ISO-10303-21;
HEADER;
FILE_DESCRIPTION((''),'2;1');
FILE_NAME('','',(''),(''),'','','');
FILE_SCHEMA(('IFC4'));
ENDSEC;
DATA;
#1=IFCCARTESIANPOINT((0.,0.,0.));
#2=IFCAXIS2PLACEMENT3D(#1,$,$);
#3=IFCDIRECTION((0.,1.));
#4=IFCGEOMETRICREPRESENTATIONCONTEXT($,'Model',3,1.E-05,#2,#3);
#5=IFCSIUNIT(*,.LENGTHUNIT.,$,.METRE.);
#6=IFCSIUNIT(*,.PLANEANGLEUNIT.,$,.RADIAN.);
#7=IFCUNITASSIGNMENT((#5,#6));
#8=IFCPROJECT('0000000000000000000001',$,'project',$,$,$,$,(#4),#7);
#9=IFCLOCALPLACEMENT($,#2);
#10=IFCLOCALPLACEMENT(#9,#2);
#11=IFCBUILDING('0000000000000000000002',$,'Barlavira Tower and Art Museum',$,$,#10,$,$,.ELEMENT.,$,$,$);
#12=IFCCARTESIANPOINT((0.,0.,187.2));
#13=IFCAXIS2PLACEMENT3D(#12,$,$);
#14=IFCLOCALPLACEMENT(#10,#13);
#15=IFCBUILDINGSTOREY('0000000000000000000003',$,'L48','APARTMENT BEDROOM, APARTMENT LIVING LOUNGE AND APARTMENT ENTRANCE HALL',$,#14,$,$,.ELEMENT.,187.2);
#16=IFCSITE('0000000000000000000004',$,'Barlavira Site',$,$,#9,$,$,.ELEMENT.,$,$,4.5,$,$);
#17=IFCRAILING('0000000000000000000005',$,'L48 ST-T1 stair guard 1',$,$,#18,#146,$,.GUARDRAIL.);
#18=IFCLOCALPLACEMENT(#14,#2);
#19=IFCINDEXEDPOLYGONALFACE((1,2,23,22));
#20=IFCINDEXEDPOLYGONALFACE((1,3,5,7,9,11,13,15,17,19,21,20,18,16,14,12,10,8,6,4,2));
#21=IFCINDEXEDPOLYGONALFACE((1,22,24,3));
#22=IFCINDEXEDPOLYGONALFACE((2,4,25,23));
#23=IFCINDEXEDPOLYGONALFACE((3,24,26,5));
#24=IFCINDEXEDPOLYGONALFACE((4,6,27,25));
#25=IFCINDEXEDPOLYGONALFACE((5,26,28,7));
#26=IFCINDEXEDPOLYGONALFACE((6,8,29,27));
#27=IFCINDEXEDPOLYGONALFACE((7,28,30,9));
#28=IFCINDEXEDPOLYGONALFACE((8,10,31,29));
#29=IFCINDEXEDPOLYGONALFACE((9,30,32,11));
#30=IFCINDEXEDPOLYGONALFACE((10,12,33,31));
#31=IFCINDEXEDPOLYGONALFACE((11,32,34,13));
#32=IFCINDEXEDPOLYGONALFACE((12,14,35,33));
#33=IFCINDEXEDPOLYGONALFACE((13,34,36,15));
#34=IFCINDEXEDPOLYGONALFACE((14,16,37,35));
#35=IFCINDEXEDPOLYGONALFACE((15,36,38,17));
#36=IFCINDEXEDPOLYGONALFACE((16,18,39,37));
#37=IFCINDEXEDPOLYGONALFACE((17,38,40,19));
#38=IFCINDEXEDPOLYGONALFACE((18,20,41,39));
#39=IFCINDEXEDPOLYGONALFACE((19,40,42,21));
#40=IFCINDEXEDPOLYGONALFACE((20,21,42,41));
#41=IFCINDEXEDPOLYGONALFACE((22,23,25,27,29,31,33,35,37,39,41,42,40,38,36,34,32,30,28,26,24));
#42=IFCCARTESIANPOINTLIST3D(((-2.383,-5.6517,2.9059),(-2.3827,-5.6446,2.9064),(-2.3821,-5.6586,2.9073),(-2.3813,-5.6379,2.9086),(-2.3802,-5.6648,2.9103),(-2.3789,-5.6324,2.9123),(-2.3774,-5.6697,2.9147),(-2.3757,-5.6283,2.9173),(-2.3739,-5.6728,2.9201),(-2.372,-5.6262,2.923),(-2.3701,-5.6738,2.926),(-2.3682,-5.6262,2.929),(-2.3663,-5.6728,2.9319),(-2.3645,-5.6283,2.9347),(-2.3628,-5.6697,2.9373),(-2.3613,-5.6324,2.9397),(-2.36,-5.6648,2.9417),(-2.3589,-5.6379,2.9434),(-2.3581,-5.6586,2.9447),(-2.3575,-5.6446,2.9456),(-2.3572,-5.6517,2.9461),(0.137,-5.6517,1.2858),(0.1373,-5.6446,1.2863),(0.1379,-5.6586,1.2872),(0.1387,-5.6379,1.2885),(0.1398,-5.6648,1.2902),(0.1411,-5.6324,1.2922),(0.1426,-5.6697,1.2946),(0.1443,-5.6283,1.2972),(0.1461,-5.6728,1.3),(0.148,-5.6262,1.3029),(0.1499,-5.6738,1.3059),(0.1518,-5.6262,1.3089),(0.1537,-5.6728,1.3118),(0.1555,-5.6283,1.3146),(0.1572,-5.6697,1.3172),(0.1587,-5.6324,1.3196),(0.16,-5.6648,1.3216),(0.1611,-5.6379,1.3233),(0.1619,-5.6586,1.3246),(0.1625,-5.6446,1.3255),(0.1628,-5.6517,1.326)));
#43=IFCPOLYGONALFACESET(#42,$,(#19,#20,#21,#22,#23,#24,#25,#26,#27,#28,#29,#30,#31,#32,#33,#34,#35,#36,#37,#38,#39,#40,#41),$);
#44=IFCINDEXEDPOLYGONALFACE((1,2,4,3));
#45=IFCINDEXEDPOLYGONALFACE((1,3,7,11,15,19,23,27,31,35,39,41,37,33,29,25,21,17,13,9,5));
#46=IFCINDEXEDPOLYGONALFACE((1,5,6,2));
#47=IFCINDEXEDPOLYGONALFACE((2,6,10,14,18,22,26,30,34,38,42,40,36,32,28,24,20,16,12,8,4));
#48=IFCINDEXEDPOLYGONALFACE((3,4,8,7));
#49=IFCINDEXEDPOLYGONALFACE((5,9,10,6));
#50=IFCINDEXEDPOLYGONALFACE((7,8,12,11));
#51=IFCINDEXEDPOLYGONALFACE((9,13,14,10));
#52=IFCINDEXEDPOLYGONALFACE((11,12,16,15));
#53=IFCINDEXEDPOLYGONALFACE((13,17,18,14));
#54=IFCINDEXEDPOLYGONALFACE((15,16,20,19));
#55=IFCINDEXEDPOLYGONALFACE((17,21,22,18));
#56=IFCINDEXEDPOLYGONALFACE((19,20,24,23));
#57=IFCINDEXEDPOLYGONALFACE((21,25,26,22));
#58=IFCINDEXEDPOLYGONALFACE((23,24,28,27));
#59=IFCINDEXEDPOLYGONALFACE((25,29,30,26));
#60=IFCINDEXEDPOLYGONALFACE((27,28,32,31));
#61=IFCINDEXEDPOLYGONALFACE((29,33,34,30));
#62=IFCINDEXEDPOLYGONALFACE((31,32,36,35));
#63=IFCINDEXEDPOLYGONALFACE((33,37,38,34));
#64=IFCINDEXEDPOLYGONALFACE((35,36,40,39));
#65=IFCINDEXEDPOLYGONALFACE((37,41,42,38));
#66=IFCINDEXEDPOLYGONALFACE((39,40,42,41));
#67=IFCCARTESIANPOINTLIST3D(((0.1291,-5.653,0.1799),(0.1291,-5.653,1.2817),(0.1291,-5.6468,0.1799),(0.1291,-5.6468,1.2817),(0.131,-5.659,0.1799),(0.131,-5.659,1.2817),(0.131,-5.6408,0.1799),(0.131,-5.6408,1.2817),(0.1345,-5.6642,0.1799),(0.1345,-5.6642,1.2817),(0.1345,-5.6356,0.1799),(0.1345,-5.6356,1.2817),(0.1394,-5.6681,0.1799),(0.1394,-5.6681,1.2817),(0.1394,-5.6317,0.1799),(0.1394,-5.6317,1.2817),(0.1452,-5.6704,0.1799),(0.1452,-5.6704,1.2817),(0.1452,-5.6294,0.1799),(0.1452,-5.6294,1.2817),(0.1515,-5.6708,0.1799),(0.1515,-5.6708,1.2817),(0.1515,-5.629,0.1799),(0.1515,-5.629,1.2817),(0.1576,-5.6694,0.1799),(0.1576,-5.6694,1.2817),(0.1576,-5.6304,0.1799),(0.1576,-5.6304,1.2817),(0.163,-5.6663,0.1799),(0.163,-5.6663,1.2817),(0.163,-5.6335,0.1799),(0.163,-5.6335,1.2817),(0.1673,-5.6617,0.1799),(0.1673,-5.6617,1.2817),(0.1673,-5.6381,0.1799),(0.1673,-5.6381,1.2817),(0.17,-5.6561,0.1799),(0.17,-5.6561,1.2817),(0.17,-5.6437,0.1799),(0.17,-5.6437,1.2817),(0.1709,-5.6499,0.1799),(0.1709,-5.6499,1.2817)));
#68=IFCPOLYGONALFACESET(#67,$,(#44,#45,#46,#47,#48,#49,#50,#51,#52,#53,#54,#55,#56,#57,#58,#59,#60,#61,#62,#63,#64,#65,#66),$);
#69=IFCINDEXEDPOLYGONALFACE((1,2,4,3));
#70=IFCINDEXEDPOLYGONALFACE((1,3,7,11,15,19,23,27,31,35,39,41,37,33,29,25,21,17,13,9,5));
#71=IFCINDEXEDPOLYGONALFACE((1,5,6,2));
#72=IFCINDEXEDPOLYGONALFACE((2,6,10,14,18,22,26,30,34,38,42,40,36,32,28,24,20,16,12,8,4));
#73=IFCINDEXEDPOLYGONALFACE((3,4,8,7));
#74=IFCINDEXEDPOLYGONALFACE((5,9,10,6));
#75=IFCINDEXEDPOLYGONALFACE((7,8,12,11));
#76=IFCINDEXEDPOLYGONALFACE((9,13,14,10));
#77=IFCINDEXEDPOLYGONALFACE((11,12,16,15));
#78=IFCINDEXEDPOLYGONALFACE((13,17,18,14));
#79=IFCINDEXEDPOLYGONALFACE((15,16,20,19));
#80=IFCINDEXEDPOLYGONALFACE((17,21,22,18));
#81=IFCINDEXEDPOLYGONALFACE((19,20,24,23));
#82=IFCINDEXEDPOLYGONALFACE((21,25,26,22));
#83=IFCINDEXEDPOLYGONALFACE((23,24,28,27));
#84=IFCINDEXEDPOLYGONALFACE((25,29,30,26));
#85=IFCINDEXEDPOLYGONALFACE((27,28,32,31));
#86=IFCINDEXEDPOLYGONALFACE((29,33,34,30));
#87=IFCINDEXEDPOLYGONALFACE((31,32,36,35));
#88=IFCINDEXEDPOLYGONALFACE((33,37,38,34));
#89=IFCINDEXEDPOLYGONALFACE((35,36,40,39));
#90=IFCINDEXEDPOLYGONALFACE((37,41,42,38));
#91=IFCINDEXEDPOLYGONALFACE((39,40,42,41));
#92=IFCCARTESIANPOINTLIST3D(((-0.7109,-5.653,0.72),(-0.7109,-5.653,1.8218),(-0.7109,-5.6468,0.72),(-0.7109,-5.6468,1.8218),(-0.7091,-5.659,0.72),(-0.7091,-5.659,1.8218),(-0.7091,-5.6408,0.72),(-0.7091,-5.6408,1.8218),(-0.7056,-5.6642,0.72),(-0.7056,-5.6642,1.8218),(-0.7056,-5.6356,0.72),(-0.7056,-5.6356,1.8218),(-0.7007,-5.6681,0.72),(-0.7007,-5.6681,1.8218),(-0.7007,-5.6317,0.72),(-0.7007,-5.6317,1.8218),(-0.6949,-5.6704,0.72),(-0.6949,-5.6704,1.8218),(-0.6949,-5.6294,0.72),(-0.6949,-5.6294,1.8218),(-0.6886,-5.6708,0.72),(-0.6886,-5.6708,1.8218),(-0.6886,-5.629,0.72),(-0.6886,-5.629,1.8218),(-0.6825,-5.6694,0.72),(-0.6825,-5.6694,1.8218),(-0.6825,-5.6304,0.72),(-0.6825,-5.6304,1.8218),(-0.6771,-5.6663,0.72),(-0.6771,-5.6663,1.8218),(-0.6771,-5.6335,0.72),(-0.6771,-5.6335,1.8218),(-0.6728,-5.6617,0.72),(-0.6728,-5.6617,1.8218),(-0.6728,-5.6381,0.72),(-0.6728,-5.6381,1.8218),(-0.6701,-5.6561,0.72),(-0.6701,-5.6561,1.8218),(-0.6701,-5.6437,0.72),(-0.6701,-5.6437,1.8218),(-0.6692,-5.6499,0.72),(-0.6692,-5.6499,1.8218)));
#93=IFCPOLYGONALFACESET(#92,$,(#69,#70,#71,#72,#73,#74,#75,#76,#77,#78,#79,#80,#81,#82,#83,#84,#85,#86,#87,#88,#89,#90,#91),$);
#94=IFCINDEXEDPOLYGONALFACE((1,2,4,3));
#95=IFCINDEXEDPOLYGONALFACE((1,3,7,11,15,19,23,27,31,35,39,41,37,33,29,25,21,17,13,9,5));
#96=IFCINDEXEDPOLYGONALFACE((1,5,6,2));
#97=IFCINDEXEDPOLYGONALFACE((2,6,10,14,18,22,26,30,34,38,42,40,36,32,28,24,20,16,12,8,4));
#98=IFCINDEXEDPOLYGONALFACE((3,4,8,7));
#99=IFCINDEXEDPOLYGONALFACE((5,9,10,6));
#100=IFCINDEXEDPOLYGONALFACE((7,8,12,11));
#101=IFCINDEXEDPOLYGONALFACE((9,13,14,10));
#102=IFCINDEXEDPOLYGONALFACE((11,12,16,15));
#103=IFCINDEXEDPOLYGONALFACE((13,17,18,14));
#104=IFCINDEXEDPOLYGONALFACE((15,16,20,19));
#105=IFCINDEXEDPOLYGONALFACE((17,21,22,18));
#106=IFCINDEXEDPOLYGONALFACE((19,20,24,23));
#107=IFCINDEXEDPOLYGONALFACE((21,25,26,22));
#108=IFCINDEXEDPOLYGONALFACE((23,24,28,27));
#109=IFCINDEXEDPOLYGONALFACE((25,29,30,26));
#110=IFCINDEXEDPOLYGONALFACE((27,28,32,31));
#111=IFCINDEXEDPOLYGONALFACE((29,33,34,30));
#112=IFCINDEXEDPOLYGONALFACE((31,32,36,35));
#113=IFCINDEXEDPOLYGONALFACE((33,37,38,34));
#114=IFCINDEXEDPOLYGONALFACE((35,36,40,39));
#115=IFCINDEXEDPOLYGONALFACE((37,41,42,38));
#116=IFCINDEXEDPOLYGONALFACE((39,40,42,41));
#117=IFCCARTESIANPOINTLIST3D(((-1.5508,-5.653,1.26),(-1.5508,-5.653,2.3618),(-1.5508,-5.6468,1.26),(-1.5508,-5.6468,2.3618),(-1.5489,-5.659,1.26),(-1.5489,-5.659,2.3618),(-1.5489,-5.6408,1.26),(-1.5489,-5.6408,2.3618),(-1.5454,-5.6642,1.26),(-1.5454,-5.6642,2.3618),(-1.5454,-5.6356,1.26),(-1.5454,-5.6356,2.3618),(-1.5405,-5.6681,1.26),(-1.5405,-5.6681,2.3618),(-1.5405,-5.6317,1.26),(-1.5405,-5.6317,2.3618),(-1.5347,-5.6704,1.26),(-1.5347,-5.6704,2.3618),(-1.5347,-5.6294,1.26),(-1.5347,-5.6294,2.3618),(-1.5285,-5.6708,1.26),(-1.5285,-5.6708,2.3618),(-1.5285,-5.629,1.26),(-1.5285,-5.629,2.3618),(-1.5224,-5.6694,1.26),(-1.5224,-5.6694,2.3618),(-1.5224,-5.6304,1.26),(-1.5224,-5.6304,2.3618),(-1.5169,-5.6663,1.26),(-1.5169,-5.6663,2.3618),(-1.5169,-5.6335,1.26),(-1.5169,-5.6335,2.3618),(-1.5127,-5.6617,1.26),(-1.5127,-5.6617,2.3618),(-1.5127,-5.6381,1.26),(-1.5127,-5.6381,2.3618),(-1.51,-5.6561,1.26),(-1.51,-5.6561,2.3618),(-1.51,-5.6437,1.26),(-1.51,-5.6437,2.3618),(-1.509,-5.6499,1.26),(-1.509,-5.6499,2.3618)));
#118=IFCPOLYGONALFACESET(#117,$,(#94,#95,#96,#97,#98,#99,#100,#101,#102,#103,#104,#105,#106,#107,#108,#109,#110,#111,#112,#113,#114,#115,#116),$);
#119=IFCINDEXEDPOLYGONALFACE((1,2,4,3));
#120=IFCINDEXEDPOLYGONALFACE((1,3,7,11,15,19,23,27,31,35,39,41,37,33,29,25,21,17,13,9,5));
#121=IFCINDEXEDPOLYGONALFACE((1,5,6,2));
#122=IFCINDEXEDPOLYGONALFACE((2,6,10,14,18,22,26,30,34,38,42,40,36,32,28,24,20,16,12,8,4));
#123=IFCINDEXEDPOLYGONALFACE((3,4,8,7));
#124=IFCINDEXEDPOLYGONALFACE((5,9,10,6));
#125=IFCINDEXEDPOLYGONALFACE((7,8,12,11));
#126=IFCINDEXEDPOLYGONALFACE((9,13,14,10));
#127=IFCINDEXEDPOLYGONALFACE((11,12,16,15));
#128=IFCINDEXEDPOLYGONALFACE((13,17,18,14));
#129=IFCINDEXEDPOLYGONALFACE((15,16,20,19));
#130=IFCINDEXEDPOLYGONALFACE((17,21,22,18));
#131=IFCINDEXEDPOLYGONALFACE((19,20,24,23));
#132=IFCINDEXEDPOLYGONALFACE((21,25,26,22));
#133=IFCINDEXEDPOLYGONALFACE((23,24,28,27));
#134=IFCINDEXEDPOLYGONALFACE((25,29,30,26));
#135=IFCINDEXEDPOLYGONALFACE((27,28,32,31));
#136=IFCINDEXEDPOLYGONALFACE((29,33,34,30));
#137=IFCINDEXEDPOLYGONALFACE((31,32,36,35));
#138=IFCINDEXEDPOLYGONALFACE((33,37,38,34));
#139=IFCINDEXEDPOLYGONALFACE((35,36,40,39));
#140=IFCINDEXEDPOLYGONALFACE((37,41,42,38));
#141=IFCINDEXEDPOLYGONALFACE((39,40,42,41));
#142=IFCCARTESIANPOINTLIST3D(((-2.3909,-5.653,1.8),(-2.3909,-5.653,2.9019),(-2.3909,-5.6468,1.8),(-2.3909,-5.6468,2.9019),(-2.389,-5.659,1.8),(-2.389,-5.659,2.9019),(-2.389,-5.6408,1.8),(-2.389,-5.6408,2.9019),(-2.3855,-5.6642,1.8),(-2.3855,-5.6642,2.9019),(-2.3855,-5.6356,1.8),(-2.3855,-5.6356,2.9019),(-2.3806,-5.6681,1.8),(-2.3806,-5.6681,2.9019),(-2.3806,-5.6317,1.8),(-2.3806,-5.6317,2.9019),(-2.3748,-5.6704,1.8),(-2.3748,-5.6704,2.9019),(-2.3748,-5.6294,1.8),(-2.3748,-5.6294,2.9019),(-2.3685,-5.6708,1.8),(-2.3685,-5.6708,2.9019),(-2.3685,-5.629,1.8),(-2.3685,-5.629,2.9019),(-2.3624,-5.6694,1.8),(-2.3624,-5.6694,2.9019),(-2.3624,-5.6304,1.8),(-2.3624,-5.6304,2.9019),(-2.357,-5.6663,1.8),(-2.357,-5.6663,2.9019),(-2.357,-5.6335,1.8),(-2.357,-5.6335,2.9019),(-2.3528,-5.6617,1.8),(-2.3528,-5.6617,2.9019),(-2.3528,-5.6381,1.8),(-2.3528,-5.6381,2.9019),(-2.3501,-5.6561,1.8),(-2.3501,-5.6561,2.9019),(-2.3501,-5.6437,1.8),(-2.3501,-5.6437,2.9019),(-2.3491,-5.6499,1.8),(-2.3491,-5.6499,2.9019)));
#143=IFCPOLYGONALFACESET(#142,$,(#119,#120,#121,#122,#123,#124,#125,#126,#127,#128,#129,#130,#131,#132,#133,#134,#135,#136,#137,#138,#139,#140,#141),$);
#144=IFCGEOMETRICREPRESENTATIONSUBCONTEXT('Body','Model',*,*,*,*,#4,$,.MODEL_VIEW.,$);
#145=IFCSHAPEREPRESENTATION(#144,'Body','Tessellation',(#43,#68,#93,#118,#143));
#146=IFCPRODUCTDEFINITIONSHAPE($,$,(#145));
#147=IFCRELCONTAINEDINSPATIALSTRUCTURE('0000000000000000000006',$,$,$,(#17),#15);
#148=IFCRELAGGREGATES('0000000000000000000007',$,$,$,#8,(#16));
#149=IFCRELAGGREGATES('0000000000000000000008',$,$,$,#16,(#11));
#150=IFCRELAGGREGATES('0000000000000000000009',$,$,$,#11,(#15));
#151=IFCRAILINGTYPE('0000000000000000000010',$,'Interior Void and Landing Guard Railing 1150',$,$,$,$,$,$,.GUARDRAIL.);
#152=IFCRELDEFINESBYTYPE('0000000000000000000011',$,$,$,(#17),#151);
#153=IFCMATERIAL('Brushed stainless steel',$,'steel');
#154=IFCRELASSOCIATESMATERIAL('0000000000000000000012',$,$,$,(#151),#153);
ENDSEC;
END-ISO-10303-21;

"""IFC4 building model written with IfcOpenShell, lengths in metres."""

from ifc_helpers import new_model, si_unit, direction, frame, origin, origin_2d, place, context, subcontext, project, spatial, circle, extrude, material, type_object, element, save


model = new_model("IFC4")

# Units and contexts
model_context = context("Model", 3, precision=1e-05, world=origin(), true_north=direction((0.0, 1.0)))
body_context = subcontext(model_context, "Body", "Model", "MODEL_VIEW")
ifc_project = project(units=[si_unit("LENGTHUNIT", "METRE"), si_unit("PLANEANGLEUNIT", "RADIAN")], contexts=[model_context])

# Site, building, storey
site_placement = place(None, origin())
site = spatial("IfcSite", under=ifc_project, at=site_placement, Name="Barlavira Site", CompositionType="ELEMENT", RefElevation=4.5)
building_placement = place(site_placement, origin())
building = spatial("IfcBuilding", under=site, at=building_placement, Name="Barlavira Tower and Art Museum", CompositionType="ELEMENT")
storey_placement = place(building_placement, frame((0.0, 0.0, 187.2)))
storey = spatial("IfcBuildingStorey", under=building, at=storey_placement, Name="L48", Description="APARTMENT BEDROOM, APARTMENT LIVING LOUNGE AND APARTMENT ENTRANCE HALL", CompositionType="ELEMENT", Elevation=187.2)

# Shared definitions
ifc_material_1 = material(Name="Brushed stainless steel", Category="steel")

# Railing
railing_type_1 = type_object("IfcRailingType", Name="Interior Void and Landing Guard Railing 1150", PredefinedType="GUARDRAIL", material=ifc_material_1)
railing_1_placement = place(storey_placement, frame((0.1499, -5.6499, 0.1799)))
element("IfcRailing", 1, at=railing_1_placement, inside=storey, type_object=railing_type_1, Name="L48 ST-T1 stair guard 1", PredefinedType="GUARDRAIL", context=body_context, shape_type="SweptSolid", body=[
    extrude(circle(Radius=0.0239, at=origin_2d()), frame((0.0, 0.0, 1.126), z_axis=(-0.841163, 0.0, 0.540782), x_axis=(0.0, -1.0, 0.0)), (0.0, 0.0, 1.0), 2.9958),
    extrude(circle(Radius=0.021, at=origin_2d()), origin(), (0.0, 0.0, 1.0), 1.1018),
    extrude(circle(Radius=0.021, at=origin_2d()), frame((-0.8401, 0.0, 0.54)), (0.0, 0.0, 1.0), 1.1018),
    extrude(circle(Radius=0.021, at=origin_2d()), frame((-1.6799, 0.0, 1.0801)), (0.0, 0.0, 1.0), 1.1018),
    extrude(circle(Radius=0.021, at=origin_2d()), frame((-2.52, 0.0, 1.6201)), (0.0, 0.0, 1.0), 1.1018),
])

save(model, "model.ifc")
